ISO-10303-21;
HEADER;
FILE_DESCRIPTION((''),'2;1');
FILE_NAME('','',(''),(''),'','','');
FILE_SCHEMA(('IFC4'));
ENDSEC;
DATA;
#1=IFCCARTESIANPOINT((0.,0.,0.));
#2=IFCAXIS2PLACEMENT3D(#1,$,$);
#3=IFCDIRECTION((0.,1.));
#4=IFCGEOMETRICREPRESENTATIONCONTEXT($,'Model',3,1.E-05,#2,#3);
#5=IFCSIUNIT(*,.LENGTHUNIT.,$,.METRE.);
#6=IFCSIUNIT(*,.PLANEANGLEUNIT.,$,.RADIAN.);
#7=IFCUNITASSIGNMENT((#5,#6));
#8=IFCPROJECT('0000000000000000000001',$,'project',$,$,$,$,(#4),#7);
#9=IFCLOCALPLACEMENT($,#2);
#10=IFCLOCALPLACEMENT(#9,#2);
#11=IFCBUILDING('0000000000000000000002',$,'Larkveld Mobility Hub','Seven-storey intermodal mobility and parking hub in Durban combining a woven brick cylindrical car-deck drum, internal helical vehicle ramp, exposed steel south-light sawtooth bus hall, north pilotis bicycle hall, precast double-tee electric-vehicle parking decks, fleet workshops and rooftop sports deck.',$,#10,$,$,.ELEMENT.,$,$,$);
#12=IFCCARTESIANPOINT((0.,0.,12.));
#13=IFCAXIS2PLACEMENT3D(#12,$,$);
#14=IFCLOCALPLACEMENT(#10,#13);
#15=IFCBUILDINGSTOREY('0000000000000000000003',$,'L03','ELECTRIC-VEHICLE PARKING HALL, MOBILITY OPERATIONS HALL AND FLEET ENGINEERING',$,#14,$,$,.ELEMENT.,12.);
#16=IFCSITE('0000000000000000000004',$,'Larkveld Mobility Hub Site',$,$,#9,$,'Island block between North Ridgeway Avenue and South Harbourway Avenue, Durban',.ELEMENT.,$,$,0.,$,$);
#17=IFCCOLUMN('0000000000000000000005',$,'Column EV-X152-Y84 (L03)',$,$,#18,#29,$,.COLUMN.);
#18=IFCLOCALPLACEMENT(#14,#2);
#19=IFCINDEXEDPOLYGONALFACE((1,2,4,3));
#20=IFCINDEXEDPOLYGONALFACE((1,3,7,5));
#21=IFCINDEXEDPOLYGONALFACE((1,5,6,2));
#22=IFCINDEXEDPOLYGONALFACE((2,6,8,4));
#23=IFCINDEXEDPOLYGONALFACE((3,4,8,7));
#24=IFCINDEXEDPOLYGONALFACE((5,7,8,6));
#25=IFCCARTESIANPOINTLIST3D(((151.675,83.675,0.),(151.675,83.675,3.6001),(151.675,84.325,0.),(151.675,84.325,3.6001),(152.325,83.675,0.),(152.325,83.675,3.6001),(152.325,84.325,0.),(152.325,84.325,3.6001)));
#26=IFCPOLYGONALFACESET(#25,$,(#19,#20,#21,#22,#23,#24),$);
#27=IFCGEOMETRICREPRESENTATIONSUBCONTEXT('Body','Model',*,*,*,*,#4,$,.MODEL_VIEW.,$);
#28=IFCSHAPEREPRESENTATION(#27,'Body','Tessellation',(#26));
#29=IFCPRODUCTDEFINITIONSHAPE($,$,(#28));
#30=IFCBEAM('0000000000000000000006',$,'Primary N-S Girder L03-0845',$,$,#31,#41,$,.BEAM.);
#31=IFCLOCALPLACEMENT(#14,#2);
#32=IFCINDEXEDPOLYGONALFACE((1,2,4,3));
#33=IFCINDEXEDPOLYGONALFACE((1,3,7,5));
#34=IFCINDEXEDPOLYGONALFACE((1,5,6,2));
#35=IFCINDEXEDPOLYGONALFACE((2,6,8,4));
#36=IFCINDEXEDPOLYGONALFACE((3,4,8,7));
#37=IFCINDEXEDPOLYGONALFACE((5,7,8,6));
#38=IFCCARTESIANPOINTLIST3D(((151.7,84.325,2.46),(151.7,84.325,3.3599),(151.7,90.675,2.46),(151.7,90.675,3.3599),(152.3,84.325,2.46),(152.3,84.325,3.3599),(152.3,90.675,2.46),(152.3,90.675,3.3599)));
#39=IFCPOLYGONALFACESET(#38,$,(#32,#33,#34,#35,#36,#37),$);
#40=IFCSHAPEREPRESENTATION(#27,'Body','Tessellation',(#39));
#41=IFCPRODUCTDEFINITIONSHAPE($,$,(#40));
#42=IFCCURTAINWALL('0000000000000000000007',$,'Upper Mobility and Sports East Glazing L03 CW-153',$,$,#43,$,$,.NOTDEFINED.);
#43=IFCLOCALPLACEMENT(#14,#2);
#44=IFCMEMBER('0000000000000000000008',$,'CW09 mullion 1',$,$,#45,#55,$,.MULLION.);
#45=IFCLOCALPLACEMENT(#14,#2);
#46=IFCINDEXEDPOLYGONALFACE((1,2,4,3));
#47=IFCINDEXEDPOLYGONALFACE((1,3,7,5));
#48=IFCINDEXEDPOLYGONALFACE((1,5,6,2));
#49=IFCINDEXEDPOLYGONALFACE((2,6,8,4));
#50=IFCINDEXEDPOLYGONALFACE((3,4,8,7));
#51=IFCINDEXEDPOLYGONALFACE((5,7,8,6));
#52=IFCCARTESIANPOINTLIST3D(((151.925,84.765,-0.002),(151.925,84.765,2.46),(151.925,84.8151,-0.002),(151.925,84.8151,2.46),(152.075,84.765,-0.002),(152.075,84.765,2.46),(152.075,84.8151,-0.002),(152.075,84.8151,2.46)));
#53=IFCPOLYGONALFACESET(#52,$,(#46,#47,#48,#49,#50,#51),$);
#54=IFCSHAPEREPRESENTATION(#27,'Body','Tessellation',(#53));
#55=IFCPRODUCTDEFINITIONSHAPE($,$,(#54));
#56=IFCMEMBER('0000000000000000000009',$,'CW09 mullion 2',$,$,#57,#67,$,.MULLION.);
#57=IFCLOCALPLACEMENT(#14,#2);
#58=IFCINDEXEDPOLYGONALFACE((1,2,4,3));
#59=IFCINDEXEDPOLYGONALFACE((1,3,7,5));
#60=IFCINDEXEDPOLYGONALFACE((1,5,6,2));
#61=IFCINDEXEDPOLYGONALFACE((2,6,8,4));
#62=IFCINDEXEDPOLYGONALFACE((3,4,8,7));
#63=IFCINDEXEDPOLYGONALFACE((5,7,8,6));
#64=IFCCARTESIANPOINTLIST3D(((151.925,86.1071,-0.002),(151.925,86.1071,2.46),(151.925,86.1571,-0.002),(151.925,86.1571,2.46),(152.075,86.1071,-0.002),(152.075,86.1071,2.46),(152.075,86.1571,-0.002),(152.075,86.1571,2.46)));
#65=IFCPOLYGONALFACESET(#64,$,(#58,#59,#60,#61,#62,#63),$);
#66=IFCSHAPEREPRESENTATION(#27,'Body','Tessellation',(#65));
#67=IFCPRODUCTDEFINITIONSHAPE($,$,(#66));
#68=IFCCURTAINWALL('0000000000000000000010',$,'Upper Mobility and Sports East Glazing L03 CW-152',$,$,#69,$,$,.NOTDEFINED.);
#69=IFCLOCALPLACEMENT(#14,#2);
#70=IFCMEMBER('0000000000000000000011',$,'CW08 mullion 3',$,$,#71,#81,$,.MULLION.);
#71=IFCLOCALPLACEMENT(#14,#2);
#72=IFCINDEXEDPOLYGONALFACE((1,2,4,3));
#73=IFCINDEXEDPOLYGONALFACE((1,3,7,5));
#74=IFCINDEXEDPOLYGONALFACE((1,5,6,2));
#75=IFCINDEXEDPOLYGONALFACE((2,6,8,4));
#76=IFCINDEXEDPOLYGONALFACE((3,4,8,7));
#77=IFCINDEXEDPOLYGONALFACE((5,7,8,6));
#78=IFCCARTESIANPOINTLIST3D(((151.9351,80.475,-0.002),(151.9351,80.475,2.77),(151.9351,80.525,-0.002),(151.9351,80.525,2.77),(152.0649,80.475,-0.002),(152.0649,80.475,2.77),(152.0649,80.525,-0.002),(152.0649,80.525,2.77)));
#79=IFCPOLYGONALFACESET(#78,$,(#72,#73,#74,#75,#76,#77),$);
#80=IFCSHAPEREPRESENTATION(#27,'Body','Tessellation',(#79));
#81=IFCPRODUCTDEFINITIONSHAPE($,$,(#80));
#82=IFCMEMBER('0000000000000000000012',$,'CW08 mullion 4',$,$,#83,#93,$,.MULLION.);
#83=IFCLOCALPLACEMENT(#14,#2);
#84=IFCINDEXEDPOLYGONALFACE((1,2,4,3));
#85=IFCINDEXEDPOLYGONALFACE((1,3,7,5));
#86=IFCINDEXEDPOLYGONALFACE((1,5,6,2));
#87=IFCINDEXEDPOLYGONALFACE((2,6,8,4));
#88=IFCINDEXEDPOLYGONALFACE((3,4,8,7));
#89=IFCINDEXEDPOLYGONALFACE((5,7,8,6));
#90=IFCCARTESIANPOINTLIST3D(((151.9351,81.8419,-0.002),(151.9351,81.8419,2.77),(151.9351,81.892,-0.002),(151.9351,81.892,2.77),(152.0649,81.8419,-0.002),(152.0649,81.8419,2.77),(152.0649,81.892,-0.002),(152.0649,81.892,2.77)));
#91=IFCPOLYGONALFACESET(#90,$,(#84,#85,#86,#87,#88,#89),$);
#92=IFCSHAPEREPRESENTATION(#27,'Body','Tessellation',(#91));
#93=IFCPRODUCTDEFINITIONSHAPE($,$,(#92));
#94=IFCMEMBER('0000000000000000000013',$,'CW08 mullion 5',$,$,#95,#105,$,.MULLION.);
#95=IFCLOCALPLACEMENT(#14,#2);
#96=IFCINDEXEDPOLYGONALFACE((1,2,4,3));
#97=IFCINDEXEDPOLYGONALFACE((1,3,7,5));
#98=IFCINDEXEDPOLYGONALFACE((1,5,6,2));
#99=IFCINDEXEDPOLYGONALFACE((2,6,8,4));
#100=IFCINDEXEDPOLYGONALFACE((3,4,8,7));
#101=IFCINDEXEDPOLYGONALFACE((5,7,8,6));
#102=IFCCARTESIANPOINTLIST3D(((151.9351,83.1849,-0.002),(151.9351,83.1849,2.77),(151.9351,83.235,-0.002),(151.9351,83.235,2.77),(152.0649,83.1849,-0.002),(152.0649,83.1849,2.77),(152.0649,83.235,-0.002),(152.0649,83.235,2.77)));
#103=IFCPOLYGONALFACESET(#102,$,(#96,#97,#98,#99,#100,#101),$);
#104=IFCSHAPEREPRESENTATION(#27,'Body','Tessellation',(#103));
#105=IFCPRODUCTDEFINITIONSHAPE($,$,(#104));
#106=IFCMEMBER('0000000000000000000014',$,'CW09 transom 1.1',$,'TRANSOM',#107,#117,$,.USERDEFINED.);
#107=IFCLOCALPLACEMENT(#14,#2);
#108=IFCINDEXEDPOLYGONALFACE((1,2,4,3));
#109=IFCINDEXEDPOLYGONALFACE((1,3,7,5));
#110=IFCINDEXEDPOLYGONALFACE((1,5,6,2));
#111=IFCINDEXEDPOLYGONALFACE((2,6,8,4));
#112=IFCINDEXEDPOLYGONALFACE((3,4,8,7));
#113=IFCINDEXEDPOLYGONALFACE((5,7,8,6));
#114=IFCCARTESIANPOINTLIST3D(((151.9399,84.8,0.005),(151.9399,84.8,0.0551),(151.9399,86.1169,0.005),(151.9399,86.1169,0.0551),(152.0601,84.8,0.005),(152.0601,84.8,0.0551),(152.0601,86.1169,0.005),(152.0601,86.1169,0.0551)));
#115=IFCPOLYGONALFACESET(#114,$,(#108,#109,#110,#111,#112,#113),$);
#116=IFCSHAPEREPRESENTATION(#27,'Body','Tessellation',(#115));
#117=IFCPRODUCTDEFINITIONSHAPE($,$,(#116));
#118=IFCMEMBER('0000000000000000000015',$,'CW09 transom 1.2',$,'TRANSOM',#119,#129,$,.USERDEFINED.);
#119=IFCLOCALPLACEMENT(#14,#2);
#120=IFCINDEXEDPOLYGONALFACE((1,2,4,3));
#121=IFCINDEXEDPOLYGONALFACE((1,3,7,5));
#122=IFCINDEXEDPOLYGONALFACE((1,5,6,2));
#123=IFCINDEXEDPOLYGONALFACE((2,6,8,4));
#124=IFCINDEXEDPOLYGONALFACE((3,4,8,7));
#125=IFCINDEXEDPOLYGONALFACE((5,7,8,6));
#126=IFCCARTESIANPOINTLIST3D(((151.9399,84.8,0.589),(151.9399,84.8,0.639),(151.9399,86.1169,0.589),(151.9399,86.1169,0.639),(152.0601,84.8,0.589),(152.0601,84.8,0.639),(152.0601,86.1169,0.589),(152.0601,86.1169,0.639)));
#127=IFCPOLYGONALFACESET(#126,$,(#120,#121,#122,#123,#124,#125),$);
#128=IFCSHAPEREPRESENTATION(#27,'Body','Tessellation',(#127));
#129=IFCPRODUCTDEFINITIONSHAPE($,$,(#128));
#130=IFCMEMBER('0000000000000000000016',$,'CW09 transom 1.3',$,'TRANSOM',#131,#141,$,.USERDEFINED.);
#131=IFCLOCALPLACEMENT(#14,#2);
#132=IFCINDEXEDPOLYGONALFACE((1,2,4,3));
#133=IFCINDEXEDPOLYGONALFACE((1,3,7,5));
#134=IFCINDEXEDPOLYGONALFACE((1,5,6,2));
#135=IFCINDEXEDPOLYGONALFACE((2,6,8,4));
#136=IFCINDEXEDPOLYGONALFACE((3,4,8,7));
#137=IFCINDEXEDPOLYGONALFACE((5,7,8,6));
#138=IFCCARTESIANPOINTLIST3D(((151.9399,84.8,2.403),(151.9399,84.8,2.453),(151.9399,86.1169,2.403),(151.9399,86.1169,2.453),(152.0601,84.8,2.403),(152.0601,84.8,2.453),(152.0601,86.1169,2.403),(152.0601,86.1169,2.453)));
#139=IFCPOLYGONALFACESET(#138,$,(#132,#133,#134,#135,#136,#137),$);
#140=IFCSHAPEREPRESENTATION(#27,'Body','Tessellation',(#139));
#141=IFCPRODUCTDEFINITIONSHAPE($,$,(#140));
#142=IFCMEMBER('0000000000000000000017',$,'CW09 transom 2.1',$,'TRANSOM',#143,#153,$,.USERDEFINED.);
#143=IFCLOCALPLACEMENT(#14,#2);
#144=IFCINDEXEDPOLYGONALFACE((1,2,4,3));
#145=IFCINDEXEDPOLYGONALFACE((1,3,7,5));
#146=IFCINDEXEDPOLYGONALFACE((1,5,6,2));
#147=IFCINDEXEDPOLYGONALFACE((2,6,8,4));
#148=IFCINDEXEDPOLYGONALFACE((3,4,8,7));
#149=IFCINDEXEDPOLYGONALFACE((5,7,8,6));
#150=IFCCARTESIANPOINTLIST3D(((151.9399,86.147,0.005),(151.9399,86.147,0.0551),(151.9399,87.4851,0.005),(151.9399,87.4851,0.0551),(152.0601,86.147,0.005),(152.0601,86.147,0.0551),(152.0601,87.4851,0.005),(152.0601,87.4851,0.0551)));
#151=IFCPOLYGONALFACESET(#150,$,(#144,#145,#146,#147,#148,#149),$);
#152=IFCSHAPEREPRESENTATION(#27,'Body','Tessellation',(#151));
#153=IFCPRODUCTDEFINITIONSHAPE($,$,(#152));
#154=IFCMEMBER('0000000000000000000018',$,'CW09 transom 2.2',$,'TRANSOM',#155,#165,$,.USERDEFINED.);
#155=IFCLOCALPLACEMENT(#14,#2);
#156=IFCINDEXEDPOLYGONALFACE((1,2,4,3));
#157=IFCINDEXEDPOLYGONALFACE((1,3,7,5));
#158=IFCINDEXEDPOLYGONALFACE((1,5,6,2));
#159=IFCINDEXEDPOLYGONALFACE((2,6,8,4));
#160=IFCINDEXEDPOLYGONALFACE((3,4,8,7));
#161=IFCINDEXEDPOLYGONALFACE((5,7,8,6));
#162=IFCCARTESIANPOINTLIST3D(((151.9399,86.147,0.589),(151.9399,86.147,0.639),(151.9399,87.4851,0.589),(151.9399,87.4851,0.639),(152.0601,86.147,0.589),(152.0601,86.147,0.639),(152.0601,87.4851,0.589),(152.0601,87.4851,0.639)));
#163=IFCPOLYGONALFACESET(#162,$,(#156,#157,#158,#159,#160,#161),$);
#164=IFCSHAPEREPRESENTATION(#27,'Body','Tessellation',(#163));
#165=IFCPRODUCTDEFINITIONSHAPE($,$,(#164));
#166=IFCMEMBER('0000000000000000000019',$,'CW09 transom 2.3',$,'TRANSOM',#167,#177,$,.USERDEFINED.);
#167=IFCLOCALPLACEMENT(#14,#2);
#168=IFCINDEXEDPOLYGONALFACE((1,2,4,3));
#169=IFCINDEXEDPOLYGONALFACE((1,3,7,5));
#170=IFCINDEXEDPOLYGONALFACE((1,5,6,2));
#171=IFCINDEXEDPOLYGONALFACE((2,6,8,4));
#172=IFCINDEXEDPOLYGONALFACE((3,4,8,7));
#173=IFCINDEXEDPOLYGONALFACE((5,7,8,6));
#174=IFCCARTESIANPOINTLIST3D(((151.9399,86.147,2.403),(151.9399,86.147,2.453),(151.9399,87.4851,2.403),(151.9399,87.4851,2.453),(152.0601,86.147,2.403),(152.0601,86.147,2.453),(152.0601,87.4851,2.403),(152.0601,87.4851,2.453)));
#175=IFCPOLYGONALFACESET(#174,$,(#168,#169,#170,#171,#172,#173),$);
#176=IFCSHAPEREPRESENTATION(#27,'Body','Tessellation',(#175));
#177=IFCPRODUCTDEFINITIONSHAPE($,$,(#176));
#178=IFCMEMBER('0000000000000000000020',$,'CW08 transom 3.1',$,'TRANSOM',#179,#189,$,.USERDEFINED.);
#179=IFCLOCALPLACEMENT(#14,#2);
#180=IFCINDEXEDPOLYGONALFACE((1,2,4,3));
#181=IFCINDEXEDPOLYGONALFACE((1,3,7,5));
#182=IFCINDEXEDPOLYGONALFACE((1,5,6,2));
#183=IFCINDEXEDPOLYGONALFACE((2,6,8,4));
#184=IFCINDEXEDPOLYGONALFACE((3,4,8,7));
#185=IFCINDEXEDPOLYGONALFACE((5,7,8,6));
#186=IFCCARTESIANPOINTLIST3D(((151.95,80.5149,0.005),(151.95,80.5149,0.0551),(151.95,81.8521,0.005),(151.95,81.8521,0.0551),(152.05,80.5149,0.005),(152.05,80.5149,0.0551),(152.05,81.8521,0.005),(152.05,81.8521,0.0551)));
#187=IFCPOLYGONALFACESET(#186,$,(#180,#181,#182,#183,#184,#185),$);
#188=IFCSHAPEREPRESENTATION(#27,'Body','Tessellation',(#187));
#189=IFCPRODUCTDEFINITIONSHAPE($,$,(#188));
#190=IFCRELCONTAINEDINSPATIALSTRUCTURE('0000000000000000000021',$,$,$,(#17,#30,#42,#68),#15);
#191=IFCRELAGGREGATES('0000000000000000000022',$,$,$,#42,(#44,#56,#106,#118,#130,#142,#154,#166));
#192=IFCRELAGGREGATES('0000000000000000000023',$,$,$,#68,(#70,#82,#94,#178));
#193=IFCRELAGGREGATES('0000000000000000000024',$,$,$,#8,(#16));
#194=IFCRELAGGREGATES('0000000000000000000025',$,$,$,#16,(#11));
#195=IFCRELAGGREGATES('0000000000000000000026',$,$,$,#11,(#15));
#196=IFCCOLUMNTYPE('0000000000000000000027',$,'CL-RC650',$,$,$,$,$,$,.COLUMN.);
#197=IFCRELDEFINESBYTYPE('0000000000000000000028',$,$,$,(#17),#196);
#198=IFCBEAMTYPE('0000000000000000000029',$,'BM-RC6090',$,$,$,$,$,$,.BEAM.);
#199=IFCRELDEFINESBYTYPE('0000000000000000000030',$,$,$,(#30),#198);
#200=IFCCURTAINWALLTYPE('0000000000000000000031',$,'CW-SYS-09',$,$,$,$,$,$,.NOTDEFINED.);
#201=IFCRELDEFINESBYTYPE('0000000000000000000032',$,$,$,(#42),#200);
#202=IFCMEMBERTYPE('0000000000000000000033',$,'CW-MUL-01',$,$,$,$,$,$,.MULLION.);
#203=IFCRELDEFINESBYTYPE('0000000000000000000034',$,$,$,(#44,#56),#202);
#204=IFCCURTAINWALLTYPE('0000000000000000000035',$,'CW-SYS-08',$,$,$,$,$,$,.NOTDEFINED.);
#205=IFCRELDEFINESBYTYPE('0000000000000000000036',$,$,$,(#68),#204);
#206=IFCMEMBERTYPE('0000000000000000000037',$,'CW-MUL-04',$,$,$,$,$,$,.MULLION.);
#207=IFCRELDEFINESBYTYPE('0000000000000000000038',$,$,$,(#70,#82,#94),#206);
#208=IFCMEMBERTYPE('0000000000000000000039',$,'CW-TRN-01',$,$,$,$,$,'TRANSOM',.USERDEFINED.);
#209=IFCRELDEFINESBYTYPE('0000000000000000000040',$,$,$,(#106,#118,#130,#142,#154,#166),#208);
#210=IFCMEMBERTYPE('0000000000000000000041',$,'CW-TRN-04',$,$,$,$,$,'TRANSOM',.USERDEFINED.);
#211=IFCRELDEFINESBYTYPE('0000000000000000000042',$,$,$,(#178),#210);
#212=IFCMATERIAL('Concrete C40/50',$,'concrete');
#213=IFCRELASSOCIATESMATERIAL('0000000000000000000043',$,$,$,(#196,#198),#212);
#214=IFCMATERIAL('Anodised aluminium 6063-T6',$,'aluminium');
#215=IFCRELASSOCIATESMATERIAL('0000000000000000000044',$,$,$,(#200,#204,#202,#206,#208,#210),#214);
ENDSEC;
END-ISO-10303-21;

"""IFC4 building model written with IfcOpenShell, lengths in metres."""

from ifc_helpers import new_model, si_unit, direction, frame, origin, origin_2d, place, context, subcontext, project, spatial, rectangle, extrude, material, material_profile, profile_set, type_object, element, aggregate, save


model = new_model("IFC4")

# Units and contexts
model_context = context("Model", 3, precision=1e-05, world=origin(), true_north=direction((0.0, 1.0)))
body_context = subcontext(model_context, "Body", "Model", "MODEL_VIEW")
ifc_project = project(units=[si_unit("LENGTHUNIT", "METRE"), si_unit("PLANEANGLEUNIT", "RADIAN")], contexts=[model_context])

# Site, building, storey
site_placement = place(None, origin())
site = spatial("IfcSite", under=ifc_project, at=site_placement, Name="Larkveld Mobility Hub Site", LongName="Island block between North Ridgeway Avenue and South Harbourway Avenue, Durban", CompositionType="ELEMENT", RefElevation=0.0)
building_placement = place(site_placement, origin())
building = spatial("IfcBuilding", under=site, at=building_placement, Name="Larkveld Mobility Hub", Description="Seven-storey intermodal mobility and parking hub in Durban combining a woven brick cylindrical car-deck drum, internal helical vehicle ramp, exposed steel south-light sawtooth bus hall, north pilotis bicycle hall, precast double-tee electric-vehicle parking decks, fleet workshops and rooftop sports deck.", CompositionType="ELEMENT")
storey_placement = place(building_placement, frame((0.0, 0.0, 12.0)))
storey = spatial("IfcBuildingStorey", under=building, at=storey_placement, Name="L03", Description="ELECTRIC-VEHICLE PARKING HALL, MOBILITY OPERATIONS HALL AND FLEET ENGINEERING", CompositionType="ELEMENT", Elevation=12.0)

# Column
ifc_material_1 = material(Name="Concrete C40/50", Category="concrete")
ifc_material_profile_1 = material_profile(ifc_material_1, rectangle(XDim=0.6499, YDim=0.6499, at=origin_2d()), Name="RC COL 650x650")
ifc_profile_set_1 = profile_set([ifc_material_profile_1], Name="Concrete C40/50")
column_type = type_object("IfcColumnType", Name="CL-RC650", PredefinedType="COLUMN", material=ifc_profile_set_1)
column_placement = place(storey_placement, frame((152.0, 84.0, 0.0), z_axis=(0.0, 0.0, 1.0), x_axis=(1.0, 0.0, 0.0)))
element("IfcColumn", 1, at=column_placement, inside=storey, type_object=column_type, Name="Column EV-X152-Y84 (L03)", PredefinedType="COLUMN", context=body_context, shape_type="SweptSolid", body=[
    extrude(rectangle(XDim=0.6499, YDim=0.6499, at=origin_2d()), origin(), (0.0, 0.0, 1.0), 3.6001),
])

# Beam
ifc_material_profile_2 = material_profile(ifc_material_1, rectangle(XDim=0.6001, YDim=0.8999, at=origin_2d()), Name="RC BM 600x900")
ifc_profile_set_2 = profile_set([ifc_material_profile_2], Name="Concrete C40/50")
beam_type = type_object("IfcBeamType", Name="BM-RC6090", PredefinedType="BEAM", material=ifc_profile_set_2)
beam_placement = place(storey_placement, frame((152.0, 84.325, 2.9099), z_axis=(0.0, 1.0, 0.0), x_axis=(-1.0, 0.0, 0.0)))
element("IfcBeam", 2, at=beam_placement, inside=storey, type_object=beam_type, Name="Primary N-S Girder L03-0845", PredefinedType="BEAM", context=body_context, shape_type="SweptSolid", body=[
    extrude(rectangle(XDim=0.6001, YDim=0.8999, at=origin_2d()), origin(), (0.0, 0.0, 1.0), 6.3501),
])

# Curtain walls, members
ifc_material_2 = material(Name="Anodised aluminium 6063-T6", Category="aluminium")
curtain_wall_type_1 = type_object("IfcCurtainWallType", Name="CW-SYS-09", PredefinedType="NOTDEFINED", material=ifc_material_2)
curtain_wall_1_placement = place(storey_placement, origin())
curtain_wall_1 = element("IfcCurtainWall", 3, at=curtain_wall_1_placement, inside=storey, type_object=curtain_wall_type_1, Name="Upper Mobility and Sports East Glazing L03 CW-153", PredefinedType="NOTDEFINED")
ifc_material_profile_3 = material_profile(ifc_material_2, rectangle(XDim=0.05, YDim=0.1499, at=origin_2d()), Name="ALU MULL 50x150")
ifc_profile_set_3 = profile_set([ifc_material_profile_3], Name="Anodised aluminium 6063-T6")
member_type_1 = type_object("IfcMemberType", Name="CW-MUL-01", PredefinedType="MULLION", material=ifc_profile_set_3)
member_1_placement = place(storey_placement, frame((152.0, 84.79, -0.002), z_axis=(0.0, 0.0, 1.0), x_axis=(0.0, 1.0, 0.0)))
member_1 = element("IfcMember", 4, at=member_1_placement, type_object=member_type_1, Name="CW09 mullion 1", PredefinedType="MULLION", context=body_context, shape_type="SweptSolid", body=[
    extrude(rectangle(XDim=0.05, YDim=0.1499, at=origin_2d()), origin(), (0.0, 0.0, 1.0), 2.4619),
])
member_2_placement = place(storey_placement, frame((152.0, 86.1321, -0.002), z_axis=(0.0, 0.0, 1.0), x_axis=(0.0, 1.0, 0.0)))
member_2 = element("IfcMember", 5, at=member_2_placement, type_object=member_type_1, Name="CW09 mullion 2", PredefinedType="MULLION", context=body_context, shape_type="SweptSolid", body=[
    extrude(rectangle(XDim=0.05, YDim=0.1499, at=origin_2d()), origin(), (0.0, 0.0, 1.0), 2.4619),
])
curtain_wall_type_2 = type_object("IfcCurtainWallType", Name="CW-SYS-08", PredefinedType="NOTDEFINED", material=ifc_material_2)
curtain_wall_2_placement = place(storey_placement, origin())
curtain_wall_2 = element("IfcCurtainWall", 6, at=curtain_wall_2_placement, inside=storey, type_object=curtain_wall_type_2, Name="Upper Mobility and Sports East Glazing L03 CW-152", PredefinedType="NOTDEFINED")
ifc_material_profile_4 = material_profile(ifc_material_2, rectangle(XDim=0.05, YDim=0.1299, at=origin_2d()), Name="ALU MULL 50x130")
ifc_profile_set_4 = profile_set([ifc_material_profile_4], Name="Anodised aluminium 6063-T6")
member_type_2 = type_object("IfcMemberType", Name="CW-MUL-04", PredefinedType="MULLION", material=ifc_profile_set_4)
member_3_placement = place(storey_placement, frame((152.0, 80.5, -0.002), z_axis=(0.0, 0.0, 1.0), x_axis=(0.0, 1.0, 0.0)))
member_3 = element("IfcMember", 7, at=member_3_placement, type_object=member_type_2, Name="CW08 mullion 3", PredefinedType="MULLION", context=body_context, shape_type="SweptSolid", body=[
    extrude(rectangle(XDim=0.05, YDim=0.1299, at=origin_2d()), origin(), (0.0, 0.0, 1.0), 2.772),
])
member_4_placement = place(storey_placement, frame((152.0, 81.8669, -0.002), z_axis=(0.0, 0.0, 1.0), x_axis=(0.0, 1.0, 0.0)))
member_4 = element("IfcMember", 8, at=member_4_placement, type_object=member_type_2, Name="CW08 mullion 4", PredefinedType="MULLION", context=body_context, shape_type="SweptSolid", body=[
    extrude(rectangle(XDim=0.05, YDim=0.1299, at=origin_2d()), origin(), (0.0, 0.0, 1.0), 2.772),
])
member_5_placement = place(storey_placement, frame((152.0, 83.21, -0.002), z_axis=(0.0, 0.0, 1.0), x_axis=(0.0, 1.0, 0.0)))
member_5 = element("IfcMember", 9, at=member_5_placement, type_object=member_type_2, Name="CW08 mullion 5", PredefinedType="MULLION", context=body_context, shape_type="SweptSolid", body=[
    extrude(rectangle(XDim=0.05, YDim=0.1299, at=origin_2d()), origin(), (0.0, 0.0, 1.0), 2.772),
])

# Members
ifc_material_profile_5 = material_profile(ifc_material_2, rectangle(XDim=0.1201, YDim=0.05, at=origin_2d()), Name="ALU TRAN 50x120")
ifc_profile_set_5 = profile_set([ifc_material_profile_5], Name="Anodised aluminium 6063-T6")
member_type_3 = type_object("IfcMemberType", Name="CW-TRN-01", ElementType="TRANSOM", PredefinedType="USERDEFINED", material=ifc_profile_set_5)
member_6_placement = place(storey_placement, frame((152.0, 84.8, 0.03), z_axis=(0.0, 1.0, 0.0), x_axis=(-1.0, 0.0, 0.0)))
member_6 = element("IfcMember", 10, at=member_6_placement, type_object=member_type_3, Name="CW09 transom 1.1", ObjectType="TRANSOM", PredefinedType="USERDEFINED", context=body_context, shape_type="SweptSolid", body=[
    extrude(rectangle(XDim=0.1201, YDim=0.05, at=origin_2d()), origin(), (0.0, 0.0, 1.0), 1.3169),
])
member_7_placement = place(storey_placement, frame((152.0, 84.8, 0.614), z_axis=(0.0, 1.0, 0.0), x_axis=(-1.0, 0.0, 0.0)))
member_7 = element("IfcMember", 11, at=member_7_placement, type_object=member_type_3, Name="CW09 transom 1.2", ObjectType="TRANSOM", PredefinedType="USERDEFINED", context=body_context, shape_type="SweptSolid", body=[
    extrude(rectangle(XDim=0.1201, YDim=0.05, at=origin_2d()), origin(), (0.0, 0.0, 1.0), 1.3169),
])
member_8_placement = place(storey_placement, frame((152.0, 84.8, 2.428), z_axis=(0.0, 1.0, 0.0), x_axis=(-1.0, 0.0, 0.0)))
member_8 = element("IfcMember", 12, at=member_8_placement, type_object=member_type_3, Name="CW09 transom 1.3", ObjectType="TRANSOM", PredefinedType="USERDEFINED", context=body_context, shape_type="SweptSolid", body=[
    extrude(rectangle(XDim=0.1201, YDim=0.05, at=origin_2d()), origin(), (0.0, 0.0, 1.0), 1.3169),
])
member_9_placement = place(storey_placement, frame((152.0, 86.147, 0.03), z_axis=(0.0, 1.0, 0.0), x_axis=(-1.0, 0.0, 0.0)))
member_9 = element("IfcMember", 13, at=member_9_placement, type_object=member_type_3, Name="CW09 transom 2.1", ObjectType="TRANSOM", PredefinedType="USERDEFINED", context=body_context, shape_type="SweptSolid", body=[
    extrude(rectangle(XDim=0.1201, YDim=0.05, at=origin_2d()), origin(), (0.0, 0.0, 1.0), 1.3381),
])
member_10_placement = place(storey_placement, frame((152.0, 86.147, 0.614), z_axis=(0.0, 1.0, 0.0), x_axis=(-1.0, 0.0, 0.0)))
member_10 = element("IfcMember", 14, at=member_10_placement, type_object=member_type_3, Name="CW09 transom 2.2", ObjectType="TRANSOM", PredefinedType="USERDEFINED", context=body_context, shape_type="SweptSolid", body=[
    extrude(rectangle(XDim=0.1201, YDim=0.05, at=origin_2d()), origin(), (0.0, 0.0, 1.0), 1.3381),
])
member_11_placement = place(storey_placement, frame((152.0, 86.147, 2.428), z_axis=(0.0, 1.0, 0.0), x_axis=(-1.0, 0.0, 0.0)))
member_11 = element("IfcMember", 15, at=member_11_placement, type_object=member_type_3, Name="CW09 transom 2.3", ObjectType="TRANSOM", PredefinedType="USERDEFINED", context=body_context, shape_type="SweptSolid", body=[
    extrude(rectangle(XDim=0.1201, YDim=0.05, at=origin_2d()), origin(), (0.0, 0.0, 1.0), 1.3381),
])
ifc_material_profile_6 = material_profile(ifc_material_2, rectangle(XDim=0.1001, YDim=0.05, at=origin_2d()), Name="ALU TRAN 50x100")
ifc_profile_set_6 = profile_set([ifc_material_profile_6], Name="Anodised aluminium 6063-T6")
member_type_4 = type_object("IfcMemberType", Name="CW-TRN-04", ElementType="TRANSOM", PredefinedType="USERDEFINED", material=ifc_profile_set_6)
member_12_placement = place(storey_placement, frame((152.0, 80.5149, 0.03), z_axis=(0.0, 1.0, 0.0), x_axis=(-1.0, 0.0, 0.0)))
member_12 = element("IfcMember", 16, at=member_12_placement, type_object=member_type_4, Name="CW08 transom 3.1", ObjectType="TRANSOM", PredefinedType="USERDEFINED", context=body_context, shape_type="SweptSolid", body=[
    extrude(rectangle(XDim=0.1001, YDim=0.05, at=origin_2d()), origin(), (0.0, 0.0, 1.0), 1.3372),
])

aggregate(curtain_wall_1, [member_1, member_2, member_6, member_7, member_8, member_9, member_10, member_11])
aggregate(curtain_wall_2, [member_3, member_4, member_5, member_12])

save(model, "model.ifc")
